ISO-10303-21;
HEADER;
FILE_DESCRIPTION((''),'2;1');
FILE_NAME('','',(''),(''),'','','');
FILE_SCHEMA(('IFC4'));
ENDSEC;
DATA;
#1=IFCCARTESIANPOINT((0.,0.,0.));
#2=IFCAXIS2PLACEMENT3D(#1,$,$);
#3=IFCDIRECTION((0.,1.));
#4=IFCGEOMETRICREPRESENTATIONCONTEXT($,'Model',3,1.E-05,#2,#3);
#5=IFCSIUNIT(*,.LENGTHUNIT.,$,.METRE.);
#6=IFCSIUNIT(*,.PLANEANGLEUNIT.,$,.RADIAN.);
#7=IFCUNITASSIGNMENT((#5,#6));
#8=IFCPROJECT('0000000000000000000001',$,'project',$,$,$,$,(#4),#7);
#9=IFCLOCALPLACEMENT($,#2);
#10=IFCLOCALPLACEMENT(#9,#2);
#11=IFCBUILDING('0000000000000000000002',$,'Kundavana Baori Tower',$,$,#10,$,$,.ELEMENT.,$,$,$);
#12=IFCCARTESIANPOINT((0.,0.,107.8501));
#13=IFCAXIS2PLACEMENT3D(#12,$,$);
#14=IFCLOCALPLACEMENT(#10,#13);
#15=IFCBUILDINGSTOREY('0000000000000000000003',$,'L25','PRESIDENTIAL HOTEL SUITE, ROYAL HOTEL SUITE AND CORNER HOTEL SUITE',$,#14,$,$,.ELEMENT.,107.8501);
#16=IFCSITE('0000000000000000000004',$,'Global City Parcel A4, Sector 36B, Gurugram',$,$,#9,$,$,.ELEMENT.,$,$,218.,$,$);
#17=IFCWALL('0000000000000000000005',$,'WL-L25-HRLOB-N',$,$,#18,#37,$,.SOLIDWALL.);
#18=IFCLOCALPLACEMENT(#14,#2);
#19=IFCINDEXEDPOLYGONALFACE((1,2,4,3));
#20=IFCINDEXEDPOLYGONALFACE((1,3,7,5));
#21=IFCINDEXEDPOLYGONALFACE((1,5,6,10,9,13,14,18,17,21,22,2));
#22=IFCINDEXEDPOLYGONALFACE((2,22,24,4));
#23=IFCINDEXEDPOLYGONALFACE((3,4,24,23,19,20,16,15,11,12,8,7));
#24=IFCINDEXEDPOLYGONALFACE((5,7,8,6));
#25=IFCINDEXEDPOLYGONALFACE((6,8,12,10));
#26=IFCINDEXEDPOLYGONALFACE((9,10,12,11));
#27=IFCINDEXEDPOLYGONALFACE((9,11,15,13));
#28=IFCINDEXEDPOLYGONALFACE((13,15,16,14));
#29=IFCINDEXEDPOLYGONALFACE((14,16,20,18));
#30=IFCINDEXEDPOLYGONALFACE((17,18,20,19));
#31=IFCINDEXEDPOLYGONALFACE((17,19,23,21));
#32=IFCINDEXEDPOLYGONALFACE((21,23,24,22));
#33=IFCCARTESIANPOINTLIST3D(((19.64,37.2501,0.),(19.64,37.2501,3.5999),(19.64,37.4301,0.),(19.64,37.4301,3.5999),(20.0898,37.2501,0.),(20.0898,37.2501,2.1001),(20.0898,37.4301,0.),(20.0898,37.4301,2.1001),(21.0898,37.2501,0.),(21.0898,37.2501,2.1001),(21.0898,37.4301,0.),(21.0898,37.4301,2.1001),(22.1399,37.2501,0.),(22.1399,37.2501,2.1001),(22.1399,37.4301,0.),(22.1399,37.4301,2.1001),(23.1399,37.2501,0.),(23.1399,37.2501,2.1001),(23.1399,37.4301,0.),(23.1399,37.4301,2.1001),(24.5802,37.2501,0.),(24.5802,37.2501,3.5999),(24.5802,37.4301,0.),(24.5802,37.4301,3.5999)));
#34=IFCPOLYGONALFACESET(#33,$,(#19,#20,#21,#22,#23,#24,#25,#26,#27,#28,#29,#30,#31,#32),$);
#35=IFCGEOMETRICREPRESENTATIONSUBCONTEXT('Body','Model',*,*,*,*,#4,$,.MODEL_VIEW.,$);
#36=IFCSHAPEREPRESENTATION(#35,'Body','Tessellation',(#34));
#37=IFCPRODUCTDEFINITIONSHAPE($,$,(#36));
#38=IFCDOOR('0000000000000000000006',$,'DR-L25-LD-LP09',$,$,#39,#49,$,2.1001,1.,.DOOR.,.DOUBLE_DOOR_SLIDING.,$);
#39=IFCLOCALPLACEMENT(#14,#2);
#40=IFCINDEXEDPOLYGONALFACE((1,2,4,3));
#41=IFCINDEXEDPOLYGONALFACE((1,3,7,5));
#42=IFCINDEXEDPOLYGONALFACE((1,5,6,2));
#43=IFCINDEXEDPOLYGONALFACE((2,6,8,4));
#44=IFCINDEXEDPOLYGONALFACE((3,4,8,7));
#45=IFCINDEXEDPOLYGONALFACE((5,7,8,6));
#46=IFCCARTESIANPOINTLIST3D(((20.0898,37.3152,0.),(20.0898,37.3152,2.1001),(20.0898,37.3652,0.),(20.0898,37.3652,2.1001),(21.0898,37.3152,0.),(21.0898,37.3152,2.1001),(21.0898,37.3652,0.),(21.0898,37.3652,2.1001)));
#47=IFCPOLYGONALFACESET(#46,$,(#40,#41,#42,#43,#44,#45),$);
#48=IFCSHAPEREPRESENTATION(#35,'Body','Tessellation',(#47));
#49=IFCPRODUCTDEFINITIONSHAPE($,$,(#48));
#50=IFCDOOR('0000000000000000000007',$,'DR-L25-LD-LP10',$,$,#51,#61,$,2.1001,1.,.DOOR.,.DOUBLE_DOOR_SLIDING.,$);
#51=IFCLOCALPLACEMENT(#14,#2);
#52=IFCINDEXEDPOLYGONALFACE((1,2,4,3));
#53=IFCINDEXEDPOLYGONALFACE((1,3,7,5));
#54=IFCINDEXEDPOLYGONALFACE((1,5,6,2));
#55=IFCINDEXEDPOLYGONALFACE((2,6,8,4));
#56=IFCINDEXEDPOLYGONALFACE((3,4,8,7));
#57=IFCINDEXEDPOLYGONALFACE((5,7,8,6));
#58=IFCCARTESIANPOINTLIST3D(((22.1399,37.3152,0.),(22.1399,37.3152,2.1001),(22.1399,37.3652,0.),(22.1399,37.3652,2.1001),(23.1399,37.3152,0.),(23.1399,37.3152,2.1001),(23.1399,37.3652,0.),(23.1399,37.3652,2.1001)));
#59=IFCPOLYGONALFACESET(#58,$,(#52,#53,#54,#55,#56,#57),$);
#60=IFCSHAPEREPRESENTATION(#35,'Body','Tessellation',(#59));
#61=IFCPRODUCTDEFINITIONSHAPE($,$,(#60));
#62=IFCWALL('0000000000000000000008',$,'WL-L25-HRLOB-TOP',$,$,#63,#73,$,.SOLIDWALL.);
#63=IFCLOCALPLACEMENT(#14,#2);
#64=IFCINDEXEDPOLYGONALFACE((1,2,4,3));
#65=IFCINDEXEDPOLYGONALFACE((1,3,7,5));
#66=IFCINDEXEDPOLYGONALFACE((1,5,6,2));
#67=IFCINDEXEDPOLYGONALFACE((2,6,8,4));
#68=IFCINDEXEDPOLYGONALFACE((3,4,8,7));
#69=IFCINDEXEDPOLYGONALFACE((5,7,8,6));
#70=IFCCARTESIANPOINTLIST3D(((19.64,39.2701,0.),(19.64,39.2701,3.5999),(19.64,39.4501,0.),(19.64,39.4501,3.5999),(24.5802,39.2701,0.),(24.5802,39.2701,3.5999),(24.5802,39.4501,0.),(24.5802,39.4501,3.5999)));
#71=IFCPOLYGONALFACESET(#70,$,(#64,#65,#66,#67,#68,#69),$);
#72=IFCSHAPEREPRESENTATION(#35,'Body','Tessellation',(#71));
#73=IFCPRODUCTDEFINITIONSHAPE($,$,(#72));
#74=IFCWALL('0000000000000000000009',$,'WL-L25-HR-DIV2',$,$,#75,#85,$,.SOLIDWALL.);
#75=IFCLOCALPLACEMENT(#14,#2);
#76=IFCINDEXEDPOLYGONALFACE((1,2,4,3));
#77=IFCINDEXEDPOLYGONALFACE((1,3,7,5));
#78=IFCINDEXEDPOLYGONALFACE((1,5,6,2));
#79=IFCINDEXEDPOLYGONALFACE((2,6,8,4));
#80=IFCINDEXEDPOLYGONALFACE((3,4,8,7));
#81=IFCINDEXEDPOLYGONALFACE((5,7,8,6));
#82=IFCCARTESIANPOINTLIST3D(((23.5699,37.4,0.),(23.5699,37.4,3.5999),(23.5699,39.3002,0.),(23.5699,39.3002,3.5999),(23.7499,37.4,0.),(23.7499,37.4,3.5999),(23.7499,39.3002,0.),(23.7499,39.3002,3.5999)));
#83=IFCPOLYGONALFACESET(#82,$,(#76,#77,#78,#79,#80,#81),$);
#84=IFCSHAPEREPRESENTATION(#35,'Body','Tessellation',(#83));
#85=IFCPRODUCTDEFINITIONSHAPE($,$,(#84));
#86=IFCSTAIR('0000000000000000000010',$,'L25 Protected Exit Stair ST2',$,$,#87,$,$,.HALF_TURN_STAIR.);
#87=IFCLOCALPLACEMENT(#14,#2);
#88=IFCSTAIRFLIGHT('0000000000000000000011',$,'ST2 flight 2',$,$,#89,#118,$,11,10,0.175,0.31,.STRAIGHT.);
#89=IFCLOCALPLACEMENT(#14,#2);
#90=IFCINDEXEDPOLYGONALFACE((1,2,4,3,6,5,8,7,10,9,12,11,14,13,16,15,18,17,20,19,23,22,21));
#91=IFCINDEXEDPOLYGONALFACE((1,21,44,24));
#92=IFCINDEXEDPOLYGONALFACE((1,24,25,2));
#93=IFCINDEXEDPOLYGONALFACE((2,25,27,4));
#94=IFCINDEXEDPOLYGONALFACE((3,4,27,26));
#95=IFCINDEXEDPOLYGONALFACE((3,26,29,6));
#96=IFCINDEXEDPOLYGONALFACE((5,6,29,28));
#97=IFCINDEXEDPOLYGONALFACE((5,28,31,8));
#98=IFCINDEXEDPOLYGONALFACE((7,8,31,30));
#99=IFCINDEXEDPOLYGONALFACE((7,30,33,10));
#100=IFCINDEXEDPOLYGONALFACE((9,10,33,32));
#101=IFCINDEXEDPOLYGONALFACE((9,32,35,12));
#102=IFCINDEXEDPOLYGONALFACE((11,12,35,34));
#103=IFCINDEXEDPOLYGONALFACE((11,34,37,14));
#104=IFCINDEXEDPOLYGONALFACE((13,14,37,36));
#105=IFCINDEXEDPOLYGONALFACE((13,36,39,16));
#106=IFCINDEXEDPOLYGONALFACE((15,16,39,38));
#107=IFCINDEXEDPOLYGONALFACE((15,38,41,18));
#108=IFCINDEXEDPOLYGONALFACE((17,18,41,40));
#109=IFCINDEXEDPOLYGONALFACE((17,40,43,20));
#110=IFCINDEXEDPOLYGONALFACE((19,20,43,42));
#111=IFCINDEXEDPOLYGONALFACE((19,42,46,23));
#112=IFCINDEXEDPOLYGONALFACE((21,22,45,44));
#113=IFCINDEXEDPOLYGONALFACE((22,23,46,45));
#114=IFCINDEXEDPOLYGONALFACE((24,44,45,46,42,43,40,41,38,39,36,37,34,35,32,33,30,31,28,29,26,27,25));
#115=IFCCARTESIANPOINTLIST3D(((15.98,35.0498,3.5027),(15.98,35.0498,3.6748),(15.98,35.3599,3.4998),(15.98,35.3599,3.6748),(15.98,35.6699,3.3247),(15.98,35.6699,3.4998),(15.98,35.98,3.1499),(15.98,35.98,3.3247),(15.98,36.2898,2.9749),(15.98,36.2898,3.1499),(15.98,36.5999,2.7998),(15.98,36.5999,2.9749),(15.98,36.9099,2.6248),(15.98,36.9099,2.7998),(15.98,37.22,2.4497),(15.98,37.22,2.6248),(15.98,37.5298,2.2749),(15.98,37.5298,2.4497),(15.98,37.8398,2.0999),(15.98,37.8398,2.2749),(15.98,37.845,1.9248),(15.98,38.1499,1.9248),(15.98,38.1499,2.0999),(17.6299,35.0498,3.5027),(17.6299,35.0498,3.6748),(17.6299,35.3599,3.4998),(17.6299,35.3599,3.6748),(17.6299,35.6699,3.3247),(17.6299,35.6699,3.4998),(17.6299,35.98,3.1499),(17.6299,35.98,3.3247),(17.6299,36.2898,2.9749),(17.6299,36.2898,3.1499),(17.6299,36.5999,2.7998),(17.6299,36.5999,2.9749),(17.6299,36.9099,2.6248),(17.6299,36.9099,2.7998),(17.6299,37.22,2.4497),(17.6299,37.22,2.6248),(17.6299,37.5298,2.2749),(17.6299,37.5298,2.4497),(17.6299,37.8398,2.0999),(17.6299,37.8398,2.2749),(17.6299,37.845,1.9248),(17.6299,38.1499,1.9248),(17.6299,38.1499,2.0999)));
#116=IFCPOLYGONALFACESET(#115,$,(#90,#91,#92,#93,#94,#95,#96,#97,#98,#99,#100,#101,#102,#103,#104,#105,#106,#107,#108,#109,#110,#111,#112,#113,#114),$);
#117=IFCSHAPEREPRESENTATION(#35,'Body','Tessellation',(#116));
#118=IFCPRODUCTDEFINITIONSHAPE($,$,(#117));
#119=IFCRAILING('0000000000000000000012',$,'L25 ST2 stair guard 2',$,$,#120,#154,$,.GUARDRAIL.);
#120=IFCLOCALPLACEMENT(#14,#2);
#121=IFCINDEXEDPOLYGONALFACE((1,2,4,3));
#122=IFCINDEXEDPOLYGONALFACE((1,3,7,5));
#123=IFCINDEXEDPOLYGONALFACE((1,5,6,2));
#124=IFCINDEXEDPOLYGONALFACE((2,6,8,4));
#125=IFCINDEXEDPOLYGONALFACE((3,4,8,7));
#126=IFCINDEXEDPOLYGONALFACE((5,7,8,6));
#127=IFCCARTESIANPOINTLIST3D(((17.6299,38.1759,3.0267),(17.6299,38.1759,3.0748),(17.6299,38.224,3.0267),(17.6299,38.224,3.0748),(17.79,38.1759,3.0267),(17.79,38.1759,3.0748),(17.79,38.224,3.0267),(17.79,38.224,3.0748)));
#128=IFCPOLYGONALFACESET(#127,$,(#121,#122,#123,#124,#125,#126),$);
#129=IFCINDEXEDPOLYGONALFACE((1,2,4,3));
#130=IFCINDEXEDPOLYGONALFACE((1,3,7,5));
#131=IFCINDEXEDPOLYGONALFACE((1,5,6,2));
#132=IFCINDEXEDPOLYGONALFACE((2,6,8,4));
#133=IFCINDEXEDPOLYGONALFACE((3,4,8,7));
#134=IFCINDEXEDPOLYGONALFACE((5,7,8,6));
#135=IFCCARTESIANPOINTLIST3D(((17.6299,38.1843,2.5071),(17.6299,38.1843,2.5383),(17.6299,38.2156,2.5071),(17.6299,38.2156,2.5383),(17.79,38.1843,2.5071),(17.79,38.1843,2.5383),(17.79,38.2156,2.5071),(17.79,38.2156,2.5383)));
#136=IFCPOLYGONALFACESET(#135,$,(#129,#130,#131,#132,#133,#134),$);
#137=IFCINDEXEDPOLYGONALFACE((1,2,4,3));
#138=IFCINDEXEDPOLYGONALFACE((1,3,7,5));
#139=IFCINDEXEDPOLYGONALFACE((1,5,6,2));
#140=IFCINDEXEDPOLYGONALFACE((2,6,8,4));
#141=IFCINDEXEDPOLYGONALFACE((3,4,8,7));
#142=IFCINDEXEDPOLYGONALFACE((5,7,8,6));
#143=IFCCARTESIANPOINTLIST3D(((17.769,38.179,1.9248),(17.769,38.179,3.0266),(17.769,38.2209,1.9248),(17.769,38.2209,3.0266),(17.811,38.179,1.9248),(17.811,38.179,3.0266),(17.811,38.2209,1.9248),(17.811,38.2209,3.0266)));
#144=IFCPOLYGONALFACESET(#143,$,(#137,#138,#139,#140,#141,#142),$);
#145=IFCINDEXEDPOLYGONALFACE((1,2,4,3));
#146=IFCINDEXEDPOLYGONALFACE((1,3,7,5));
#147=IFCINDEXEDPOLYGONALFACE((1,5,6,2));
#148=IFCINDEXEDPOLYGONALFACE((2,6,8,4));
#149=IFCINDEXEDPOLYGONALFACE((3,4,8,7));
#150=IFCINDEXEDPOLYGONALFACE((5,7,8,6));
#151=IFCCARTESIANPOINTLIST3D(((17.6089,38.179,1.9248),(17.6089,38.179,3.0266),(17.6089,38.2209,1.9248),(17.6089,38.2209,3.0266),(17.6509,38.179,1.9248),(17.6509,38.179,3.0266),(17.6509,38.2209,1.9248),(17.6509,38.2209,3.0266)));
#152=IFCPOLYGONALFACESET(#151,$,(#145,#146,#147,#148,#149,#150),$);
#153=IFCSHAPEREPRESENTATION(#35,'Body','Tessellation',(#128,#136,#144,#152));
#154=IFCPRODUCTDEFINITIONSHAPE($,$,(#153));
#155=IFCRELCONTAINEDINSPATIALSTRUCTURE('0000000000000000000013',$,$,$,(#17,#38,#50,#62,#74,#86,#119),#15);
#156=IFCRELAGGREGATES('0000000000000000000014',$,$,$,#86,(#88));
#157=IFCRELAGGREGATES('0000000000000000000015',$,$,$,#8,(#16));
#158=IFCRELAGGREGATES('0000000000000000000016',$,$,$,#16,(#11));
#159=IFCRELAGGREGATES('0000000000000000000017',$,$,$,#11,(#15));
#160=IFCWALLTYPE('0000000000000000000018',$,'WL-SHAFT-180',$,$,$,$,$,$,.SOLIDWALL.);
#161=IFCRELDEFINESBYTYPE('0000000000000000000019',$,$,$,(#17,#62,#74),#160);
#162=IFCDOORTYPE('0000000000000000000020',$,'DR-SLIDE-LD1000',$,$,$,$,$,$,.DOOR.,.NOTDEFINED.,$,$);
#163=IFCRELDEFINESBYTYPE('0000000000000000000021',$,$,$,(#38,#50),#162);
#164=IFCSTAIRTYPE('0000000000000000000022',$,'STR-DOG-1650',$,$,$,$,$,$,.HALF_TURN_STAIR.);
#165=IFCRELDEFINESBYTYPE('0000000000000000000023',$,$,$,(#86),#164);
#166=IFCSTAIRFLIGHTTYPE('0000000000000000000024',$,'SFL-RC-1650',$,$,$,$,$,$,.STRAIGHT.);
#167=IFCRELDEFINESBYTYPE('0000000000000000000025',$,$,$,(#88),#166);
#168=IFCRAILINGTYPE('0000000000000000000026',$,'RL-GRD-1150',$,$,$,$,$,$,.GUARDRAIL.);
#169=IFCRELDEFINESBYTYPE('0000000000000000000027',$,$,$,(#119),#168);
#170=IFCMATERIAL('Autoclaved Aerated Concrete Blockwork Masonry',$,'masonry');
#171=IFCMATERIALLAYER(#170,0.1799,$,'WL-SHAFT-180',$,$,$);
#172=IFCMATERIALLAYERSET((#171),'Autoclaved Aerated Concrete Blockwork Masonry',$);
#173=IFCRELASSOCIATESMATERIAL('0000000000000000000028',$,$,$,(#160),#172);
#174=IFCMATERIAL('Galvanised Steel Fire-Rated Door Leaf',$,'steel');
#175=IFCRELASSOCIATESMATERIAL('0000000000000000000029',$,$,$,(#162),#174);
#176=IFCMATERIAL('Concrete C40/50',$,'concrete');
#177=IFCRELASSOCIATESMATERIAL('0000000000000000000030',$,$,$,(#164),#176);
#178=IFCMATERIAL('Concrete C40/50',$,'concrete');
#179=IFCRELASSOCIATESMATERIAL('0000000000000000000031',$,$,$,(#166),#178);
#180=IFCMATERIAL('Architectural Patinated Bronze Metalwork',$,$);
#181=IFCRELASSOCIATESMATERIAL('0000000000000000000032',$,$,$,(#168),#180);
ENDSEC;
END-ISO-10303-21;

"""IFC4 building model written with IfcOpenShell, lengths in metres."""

from ifc_helpers import new_model, si_unit, direction, frame, frame_2d, origin, origin_2d, place, context, subcontext, project, spatial, polyline, rectangle, outline, extrude, material, layer, layer_set, type_object, element, fill, aggregate, save


model = new_model("IFC4")

# Units and contexts
model_context = context("Model", 3, precision=1e-05, world=origin(), true_north=direction((0.0, 1.0)))
body_context = subcontext(model_context, "Body", "Model", "MODEL_VIEW")
ifc_project = project(units=[si_unit("LENGTHUNIT", "METRE"), si_unit("PLANEANGLEUNIT", "RADIAN")], contexts=[model_context])

# Site, building, storey
site_placement = place(None, origin())
site = spatial("IfcSite", under=ifc_project, at=site_placement, Name="Global City Parcel A4, Sector 36B, Gurugram", CompositionType="ELEMENT", RefElevation=218.0)
building_placement = place(site_placement, origin())
building = spatial("IfcBuilding", under=site, at=building_placement, Name="Kundavana Baori Tower", CompositionType="ELEMENT")
storey_placement = place(building_placement, frame((0.0, 0.0, 107.8501)))
storey = spatial("IfcBuildingStorey", under=building, at=storey_placement, Name="L25", Description="PRESIDENTIAL HOTEL SUITE, ROYAL HOTEL SUITE AND CORNER HOTEL SUITE", CompositionType="ELEMENT", Elevation=107.8501)

# Wall, openings, doors
ifc_material_1 = material(Name="Autoclaved Aerated Concrete Blockwork Masonry", Category="masonry")
ifc_layer_1 = layer(ifc_material_1, 0.1799, Name="WL-SHAFT-180")
ifc_layer_set_1 = layer_set([ifc_layer_1], Name="Autoclaved Aerated Concrete Blockwork Masonry")
wall_type_1 = type_object("IfcWallType", Name="WL-SHAFT-180", PredefinedType="SOLIDWALL", material=ifc_layer_set_1)
wall_1_placement = place(storey_placement, frame((19.6399, 37.3401, 0.0), z_axis=(0.0, 0.0, 1.0), x_axis=(1.0, 0.0, 0.0)))
wall_1 = element("IfcWall", 1, at=wall_1_placement, inside=storey, type_object=wall_type_1, Name="WL-L25-HRLOB-N", PredefinedType="SOLIDWALL", context=body_context, shape_type="SweptSolid", body=[
    extrude(rectangle(XDim=4.9402, YDim=0.1799, at=frame_2d((2.4702, 0.0))), origin(), (0.0, 0.0, 1.0), 3.5999),
])
opening_1_placement = place(wall_1_placement, frame((0.45, 0.0, 0.0)))
opening_1 = element("IfcOpeningElement", 2, at=opening_1_placement, cuts=wall_1, PredefinedType="OPENING", context=body_context, shape_type="SweptSolid", body=[
    extrude(rectangle(XDim=1.0, YDim=2.1001, at=frame_2d((0.5, 1.05))), frame((0.0, 0.1001, 0.0), z_axis=(0.0, -1.0, 0.0), x_axis=(1.0, 0.0, 0.0)), (0.0, 0.0, 1.0), 0.2),
])
opening_2_placement = place(wall_1_placement, frame((2.5, 0.0, 0.0)))
opening_2 = element("IfcOpeningElement", 3, at=opening_2_placement, cuts=wall_1, PredefinedType="OPENING", context=body_context, shape_type="SweptSolid", body=[
    extrude(rectangle(XDim=1.0, YDim=2.1001, at=frame_2d((0.5, 1.05))), frame((0.0, 0.1001, 0.0), z_axis=(0.0, -1.0, 0.0), x_axis=(1.0, 0.0, 0.0)), (0.0, 0.0, 1.0), 0.2),
])
ifc_material_2 = material(Name="Galvanised Steel Fire-Rated Door Leaf", Category="steel")
door_type_1 = type_object("IfcDoorType", Name="DR-SLIDE-LD1000", OperationType="NOTDEFINED", PredefinedType="DOOR", material=ifc_material_2)
door_1_placement = place(opening_1_placement, frame((1.0, 0.0, 0.0), z_axis=(0.0, 0.0, 1.0), x_axis=(-1.0, 0.0, 0.0)))
door_1 = element("IfcDoor", 4, at=door_1_placement, inside=storey, type_object=door_type_1, Name="DR-L25-LD-LP09", OperationType="DOUBLE_DOOR_SLIDING", OverallHeight=2.1001, OverallWidth=1.0, PredefinedType="DOOR", context=body_context, shape_type="SweptSolid", body=[
    extrude(rectangle(XDim=1.0, YDim=2.1001, at=frame_2d((0.5, 1.05))), frame((0.0, 0.0249, 0.0), z_axis=(0.0, -1.0, 0.0), x_axis=(1.0, 0.0, 0.0)), (0.0, 0.0, 1.0), 0.05),
])
fill(opening_1, door_1)
door_2_placement = place(opening_2_placement, frame((1.0, 0.0, 0.0), z_axis=(0.0, 0.0, 1.0), x_axis=(-1.0, 0.0, 0.0)))
door_2 = element("IfcDoor", 5, at=door_2_placement, inside=storey, type_object=door_type_1, Name="DR-L25-LD-LP10", OperationType="DOUBLE_DOOR_SLIDING", OverallHeight=2.1001, OverallWidth=1.0, PredefinedType="DOOR", context=body_context, shape_type="SweptSolid", body=[
    extrude(rectangle(XDim=1.0, YDim=2.1001, at=frame_2d((0.5, 1.05))), frame((0.0, 0.0249, 0.0), z_axis=(0.0, -1.0, 0.0), x_axis=(1.0, 0.0, 0.0)), (0.0, 0.0, 1.0), 0.05),
])
fill(opening_2, door_2)

# Walls
wall_2_placement = place(storey_placement, frame((19.6399, 39.3601, 0.0), z_axis=(0.0, 0.0, 1.0), x_axis=(1.0, 0.0, 0.0)))
element("IfcWall", 6, at=wall_2_placement, inside=storey, type_object=wall_type_1, Name="WL-L25-HRLOB-TOP", PredefinedType="SOLIDWALL", context=body_context, shape_type="SweptSolid", body=[
    extrude(rectangle(XDim=4.9402, YDim=0.1799, at=frame_2d((2.4702, 0.0))), origin(), (0.0, 0.0, 1.0), 3.5999),
])
wall_3_placement = place(storey_placement, frame((23.6599, 37.3999, 0.0), z_axis=(0.0, 0.0, 1.0), x_axis=(0.0, 1.0, 0.0)))
element("IfcWall", 7, at=wall_3_placement, inside=storey, type_object=wall_type_1, Name="WL-L25-HR-DIV2", PredefinedType="SOLIDWALL", context=body_context, shape_type="SweptSolid", body=[
    extrude(rectangle(XDim=1.9001, YDim=0.1799, at=frame_2d((0.9502, 0.0))), origin(), (0.0, 0.0, 1.0), 3.5999),
])

# Stair, stair flight
ifc_material_3 = material(Name="Concrete C40/50", Category="concrete")
stair_type = type_object("IfcStairType", Name="STR-DOG-1650", PredefinedType="HALF_TURN_STAIR", material=ifc_material_3)
stair_placement = place(storey_placement, origin())
stair = element("IfcStair", 8, at=stair_placement, inside=storey, type_object=stair_type, Name="L25 Protected Exit Stair ST2", PredefinedType="HALF_TURN_STAIR")
ifc_material_4 = material(Name="Concrete C40/50", Category="concrete")
stair_flight_type = type_object("IfcStairFlightType", Name="SFL-RC-1650", PredefinedType="STRAIGHT", material=ifc_material_4)
stair_flight_placement = place(storey_placement, frame((16.8049, 38.1499, 1.9248), z_axis=(0.0, 0.0, 1.0), x_axis=(0.0, -1.0, 0.0)))
stair_flight = element("IfcStairFlight", 9, at=stair_flight_placement, type_object=stair_flight_type, Name="ST2 flight 2", NumberOfRisers=11, NumberOfTreads=10, PredefinedType="STRAIGHT", RiserHeight=0.175, TreadLength=0.31, context=body_context, shape_type="SweptSolid", body=[
    extrude(outline(polyline([(0.0, 0.0), (0.0, 0.175), (0.3101, 0.175), (0.3101, 0.3501), (0.6201, 0.3501), (0.6201, 0.5249), (0.9299, 0.5249), (0.9299, 0.7), (1.24, 0.7), (1.24, 0.875), (1.55, 0.875), (1.55, 1.05), (1.8601, 1.05), (1.8601, 1.2251), (2.1699, 1.2251), (2.1699, 1.3999), (2.48, 1.3999), (2.48, 1.575), (2.79, 1.575), (2.79, 1.75), (3.1001, 1.75), (3.1001, 1.925), (3.1001, 1.5779), (0.3049, 0.0), (0.0, 0.0)])), frame((0.0, 0.825, 0.0), z_axis=(0.0, -1.0, 0.0), x_axis=(1.0, 0.0, 0.0)), (0.0, 0.0, 1.0), 1.6499),
])
aggregate(stair, [stair_flight])

# Railing
ifc_material_5 = material(Name="Architectural Patinated Bronze Metalwork")
railing_type_1 = type_object("IfcRailingType", Name="RL-GRD-1150", PredefinedType="GUARDRAIL", material=ifc_material_5)
railing_1_placement = place(storey_placement, frame((17.79, 38.2, 1.9248)))
element("IfcRailing", 10, at=railing_1_placement, inside=storey, type_object=railing_type_1, Name="L25 ST2 stair guard 2", PredefinedType="GUARDRAIL", context=body_context, shape_type="SweptSolid", body=[
    extrude(rectangle(XDim=0.0481, YDim=0.0481, at=origin_2d()), frame((0.0, 0.0, 1.126), z_axis=(-1.0, 0.0, 0.0), x_axis=(0.0, -1.0, 0.0)), (0.0, 0.0, 1.0), 0.1602),
    extrude(rectangle(XDim=0.0312, YDim=0.0312, at=origin_2d()), frame((0.0, 0.0, 0.5979), z_axis=(-1.0, 0.0, 0.0), x_axis=(0.0, -1.0, 0.0)), (0.0, 0.0, 1.0), 0.1602),
    extrude(rectangle(XDim=0.042, YDim=0.042, at=origin_2d()), origin(), (0.0, 0.0, 1.0), 1.1018),
    extrude(rectangle(XDim=0.042, YDim=0.042, at=origin_2d()), frame((-0.1602, 0.0, 0.0)), (0.0, 0.0, 1.0), 1.1018),
])

save(model, "model.ifc")
